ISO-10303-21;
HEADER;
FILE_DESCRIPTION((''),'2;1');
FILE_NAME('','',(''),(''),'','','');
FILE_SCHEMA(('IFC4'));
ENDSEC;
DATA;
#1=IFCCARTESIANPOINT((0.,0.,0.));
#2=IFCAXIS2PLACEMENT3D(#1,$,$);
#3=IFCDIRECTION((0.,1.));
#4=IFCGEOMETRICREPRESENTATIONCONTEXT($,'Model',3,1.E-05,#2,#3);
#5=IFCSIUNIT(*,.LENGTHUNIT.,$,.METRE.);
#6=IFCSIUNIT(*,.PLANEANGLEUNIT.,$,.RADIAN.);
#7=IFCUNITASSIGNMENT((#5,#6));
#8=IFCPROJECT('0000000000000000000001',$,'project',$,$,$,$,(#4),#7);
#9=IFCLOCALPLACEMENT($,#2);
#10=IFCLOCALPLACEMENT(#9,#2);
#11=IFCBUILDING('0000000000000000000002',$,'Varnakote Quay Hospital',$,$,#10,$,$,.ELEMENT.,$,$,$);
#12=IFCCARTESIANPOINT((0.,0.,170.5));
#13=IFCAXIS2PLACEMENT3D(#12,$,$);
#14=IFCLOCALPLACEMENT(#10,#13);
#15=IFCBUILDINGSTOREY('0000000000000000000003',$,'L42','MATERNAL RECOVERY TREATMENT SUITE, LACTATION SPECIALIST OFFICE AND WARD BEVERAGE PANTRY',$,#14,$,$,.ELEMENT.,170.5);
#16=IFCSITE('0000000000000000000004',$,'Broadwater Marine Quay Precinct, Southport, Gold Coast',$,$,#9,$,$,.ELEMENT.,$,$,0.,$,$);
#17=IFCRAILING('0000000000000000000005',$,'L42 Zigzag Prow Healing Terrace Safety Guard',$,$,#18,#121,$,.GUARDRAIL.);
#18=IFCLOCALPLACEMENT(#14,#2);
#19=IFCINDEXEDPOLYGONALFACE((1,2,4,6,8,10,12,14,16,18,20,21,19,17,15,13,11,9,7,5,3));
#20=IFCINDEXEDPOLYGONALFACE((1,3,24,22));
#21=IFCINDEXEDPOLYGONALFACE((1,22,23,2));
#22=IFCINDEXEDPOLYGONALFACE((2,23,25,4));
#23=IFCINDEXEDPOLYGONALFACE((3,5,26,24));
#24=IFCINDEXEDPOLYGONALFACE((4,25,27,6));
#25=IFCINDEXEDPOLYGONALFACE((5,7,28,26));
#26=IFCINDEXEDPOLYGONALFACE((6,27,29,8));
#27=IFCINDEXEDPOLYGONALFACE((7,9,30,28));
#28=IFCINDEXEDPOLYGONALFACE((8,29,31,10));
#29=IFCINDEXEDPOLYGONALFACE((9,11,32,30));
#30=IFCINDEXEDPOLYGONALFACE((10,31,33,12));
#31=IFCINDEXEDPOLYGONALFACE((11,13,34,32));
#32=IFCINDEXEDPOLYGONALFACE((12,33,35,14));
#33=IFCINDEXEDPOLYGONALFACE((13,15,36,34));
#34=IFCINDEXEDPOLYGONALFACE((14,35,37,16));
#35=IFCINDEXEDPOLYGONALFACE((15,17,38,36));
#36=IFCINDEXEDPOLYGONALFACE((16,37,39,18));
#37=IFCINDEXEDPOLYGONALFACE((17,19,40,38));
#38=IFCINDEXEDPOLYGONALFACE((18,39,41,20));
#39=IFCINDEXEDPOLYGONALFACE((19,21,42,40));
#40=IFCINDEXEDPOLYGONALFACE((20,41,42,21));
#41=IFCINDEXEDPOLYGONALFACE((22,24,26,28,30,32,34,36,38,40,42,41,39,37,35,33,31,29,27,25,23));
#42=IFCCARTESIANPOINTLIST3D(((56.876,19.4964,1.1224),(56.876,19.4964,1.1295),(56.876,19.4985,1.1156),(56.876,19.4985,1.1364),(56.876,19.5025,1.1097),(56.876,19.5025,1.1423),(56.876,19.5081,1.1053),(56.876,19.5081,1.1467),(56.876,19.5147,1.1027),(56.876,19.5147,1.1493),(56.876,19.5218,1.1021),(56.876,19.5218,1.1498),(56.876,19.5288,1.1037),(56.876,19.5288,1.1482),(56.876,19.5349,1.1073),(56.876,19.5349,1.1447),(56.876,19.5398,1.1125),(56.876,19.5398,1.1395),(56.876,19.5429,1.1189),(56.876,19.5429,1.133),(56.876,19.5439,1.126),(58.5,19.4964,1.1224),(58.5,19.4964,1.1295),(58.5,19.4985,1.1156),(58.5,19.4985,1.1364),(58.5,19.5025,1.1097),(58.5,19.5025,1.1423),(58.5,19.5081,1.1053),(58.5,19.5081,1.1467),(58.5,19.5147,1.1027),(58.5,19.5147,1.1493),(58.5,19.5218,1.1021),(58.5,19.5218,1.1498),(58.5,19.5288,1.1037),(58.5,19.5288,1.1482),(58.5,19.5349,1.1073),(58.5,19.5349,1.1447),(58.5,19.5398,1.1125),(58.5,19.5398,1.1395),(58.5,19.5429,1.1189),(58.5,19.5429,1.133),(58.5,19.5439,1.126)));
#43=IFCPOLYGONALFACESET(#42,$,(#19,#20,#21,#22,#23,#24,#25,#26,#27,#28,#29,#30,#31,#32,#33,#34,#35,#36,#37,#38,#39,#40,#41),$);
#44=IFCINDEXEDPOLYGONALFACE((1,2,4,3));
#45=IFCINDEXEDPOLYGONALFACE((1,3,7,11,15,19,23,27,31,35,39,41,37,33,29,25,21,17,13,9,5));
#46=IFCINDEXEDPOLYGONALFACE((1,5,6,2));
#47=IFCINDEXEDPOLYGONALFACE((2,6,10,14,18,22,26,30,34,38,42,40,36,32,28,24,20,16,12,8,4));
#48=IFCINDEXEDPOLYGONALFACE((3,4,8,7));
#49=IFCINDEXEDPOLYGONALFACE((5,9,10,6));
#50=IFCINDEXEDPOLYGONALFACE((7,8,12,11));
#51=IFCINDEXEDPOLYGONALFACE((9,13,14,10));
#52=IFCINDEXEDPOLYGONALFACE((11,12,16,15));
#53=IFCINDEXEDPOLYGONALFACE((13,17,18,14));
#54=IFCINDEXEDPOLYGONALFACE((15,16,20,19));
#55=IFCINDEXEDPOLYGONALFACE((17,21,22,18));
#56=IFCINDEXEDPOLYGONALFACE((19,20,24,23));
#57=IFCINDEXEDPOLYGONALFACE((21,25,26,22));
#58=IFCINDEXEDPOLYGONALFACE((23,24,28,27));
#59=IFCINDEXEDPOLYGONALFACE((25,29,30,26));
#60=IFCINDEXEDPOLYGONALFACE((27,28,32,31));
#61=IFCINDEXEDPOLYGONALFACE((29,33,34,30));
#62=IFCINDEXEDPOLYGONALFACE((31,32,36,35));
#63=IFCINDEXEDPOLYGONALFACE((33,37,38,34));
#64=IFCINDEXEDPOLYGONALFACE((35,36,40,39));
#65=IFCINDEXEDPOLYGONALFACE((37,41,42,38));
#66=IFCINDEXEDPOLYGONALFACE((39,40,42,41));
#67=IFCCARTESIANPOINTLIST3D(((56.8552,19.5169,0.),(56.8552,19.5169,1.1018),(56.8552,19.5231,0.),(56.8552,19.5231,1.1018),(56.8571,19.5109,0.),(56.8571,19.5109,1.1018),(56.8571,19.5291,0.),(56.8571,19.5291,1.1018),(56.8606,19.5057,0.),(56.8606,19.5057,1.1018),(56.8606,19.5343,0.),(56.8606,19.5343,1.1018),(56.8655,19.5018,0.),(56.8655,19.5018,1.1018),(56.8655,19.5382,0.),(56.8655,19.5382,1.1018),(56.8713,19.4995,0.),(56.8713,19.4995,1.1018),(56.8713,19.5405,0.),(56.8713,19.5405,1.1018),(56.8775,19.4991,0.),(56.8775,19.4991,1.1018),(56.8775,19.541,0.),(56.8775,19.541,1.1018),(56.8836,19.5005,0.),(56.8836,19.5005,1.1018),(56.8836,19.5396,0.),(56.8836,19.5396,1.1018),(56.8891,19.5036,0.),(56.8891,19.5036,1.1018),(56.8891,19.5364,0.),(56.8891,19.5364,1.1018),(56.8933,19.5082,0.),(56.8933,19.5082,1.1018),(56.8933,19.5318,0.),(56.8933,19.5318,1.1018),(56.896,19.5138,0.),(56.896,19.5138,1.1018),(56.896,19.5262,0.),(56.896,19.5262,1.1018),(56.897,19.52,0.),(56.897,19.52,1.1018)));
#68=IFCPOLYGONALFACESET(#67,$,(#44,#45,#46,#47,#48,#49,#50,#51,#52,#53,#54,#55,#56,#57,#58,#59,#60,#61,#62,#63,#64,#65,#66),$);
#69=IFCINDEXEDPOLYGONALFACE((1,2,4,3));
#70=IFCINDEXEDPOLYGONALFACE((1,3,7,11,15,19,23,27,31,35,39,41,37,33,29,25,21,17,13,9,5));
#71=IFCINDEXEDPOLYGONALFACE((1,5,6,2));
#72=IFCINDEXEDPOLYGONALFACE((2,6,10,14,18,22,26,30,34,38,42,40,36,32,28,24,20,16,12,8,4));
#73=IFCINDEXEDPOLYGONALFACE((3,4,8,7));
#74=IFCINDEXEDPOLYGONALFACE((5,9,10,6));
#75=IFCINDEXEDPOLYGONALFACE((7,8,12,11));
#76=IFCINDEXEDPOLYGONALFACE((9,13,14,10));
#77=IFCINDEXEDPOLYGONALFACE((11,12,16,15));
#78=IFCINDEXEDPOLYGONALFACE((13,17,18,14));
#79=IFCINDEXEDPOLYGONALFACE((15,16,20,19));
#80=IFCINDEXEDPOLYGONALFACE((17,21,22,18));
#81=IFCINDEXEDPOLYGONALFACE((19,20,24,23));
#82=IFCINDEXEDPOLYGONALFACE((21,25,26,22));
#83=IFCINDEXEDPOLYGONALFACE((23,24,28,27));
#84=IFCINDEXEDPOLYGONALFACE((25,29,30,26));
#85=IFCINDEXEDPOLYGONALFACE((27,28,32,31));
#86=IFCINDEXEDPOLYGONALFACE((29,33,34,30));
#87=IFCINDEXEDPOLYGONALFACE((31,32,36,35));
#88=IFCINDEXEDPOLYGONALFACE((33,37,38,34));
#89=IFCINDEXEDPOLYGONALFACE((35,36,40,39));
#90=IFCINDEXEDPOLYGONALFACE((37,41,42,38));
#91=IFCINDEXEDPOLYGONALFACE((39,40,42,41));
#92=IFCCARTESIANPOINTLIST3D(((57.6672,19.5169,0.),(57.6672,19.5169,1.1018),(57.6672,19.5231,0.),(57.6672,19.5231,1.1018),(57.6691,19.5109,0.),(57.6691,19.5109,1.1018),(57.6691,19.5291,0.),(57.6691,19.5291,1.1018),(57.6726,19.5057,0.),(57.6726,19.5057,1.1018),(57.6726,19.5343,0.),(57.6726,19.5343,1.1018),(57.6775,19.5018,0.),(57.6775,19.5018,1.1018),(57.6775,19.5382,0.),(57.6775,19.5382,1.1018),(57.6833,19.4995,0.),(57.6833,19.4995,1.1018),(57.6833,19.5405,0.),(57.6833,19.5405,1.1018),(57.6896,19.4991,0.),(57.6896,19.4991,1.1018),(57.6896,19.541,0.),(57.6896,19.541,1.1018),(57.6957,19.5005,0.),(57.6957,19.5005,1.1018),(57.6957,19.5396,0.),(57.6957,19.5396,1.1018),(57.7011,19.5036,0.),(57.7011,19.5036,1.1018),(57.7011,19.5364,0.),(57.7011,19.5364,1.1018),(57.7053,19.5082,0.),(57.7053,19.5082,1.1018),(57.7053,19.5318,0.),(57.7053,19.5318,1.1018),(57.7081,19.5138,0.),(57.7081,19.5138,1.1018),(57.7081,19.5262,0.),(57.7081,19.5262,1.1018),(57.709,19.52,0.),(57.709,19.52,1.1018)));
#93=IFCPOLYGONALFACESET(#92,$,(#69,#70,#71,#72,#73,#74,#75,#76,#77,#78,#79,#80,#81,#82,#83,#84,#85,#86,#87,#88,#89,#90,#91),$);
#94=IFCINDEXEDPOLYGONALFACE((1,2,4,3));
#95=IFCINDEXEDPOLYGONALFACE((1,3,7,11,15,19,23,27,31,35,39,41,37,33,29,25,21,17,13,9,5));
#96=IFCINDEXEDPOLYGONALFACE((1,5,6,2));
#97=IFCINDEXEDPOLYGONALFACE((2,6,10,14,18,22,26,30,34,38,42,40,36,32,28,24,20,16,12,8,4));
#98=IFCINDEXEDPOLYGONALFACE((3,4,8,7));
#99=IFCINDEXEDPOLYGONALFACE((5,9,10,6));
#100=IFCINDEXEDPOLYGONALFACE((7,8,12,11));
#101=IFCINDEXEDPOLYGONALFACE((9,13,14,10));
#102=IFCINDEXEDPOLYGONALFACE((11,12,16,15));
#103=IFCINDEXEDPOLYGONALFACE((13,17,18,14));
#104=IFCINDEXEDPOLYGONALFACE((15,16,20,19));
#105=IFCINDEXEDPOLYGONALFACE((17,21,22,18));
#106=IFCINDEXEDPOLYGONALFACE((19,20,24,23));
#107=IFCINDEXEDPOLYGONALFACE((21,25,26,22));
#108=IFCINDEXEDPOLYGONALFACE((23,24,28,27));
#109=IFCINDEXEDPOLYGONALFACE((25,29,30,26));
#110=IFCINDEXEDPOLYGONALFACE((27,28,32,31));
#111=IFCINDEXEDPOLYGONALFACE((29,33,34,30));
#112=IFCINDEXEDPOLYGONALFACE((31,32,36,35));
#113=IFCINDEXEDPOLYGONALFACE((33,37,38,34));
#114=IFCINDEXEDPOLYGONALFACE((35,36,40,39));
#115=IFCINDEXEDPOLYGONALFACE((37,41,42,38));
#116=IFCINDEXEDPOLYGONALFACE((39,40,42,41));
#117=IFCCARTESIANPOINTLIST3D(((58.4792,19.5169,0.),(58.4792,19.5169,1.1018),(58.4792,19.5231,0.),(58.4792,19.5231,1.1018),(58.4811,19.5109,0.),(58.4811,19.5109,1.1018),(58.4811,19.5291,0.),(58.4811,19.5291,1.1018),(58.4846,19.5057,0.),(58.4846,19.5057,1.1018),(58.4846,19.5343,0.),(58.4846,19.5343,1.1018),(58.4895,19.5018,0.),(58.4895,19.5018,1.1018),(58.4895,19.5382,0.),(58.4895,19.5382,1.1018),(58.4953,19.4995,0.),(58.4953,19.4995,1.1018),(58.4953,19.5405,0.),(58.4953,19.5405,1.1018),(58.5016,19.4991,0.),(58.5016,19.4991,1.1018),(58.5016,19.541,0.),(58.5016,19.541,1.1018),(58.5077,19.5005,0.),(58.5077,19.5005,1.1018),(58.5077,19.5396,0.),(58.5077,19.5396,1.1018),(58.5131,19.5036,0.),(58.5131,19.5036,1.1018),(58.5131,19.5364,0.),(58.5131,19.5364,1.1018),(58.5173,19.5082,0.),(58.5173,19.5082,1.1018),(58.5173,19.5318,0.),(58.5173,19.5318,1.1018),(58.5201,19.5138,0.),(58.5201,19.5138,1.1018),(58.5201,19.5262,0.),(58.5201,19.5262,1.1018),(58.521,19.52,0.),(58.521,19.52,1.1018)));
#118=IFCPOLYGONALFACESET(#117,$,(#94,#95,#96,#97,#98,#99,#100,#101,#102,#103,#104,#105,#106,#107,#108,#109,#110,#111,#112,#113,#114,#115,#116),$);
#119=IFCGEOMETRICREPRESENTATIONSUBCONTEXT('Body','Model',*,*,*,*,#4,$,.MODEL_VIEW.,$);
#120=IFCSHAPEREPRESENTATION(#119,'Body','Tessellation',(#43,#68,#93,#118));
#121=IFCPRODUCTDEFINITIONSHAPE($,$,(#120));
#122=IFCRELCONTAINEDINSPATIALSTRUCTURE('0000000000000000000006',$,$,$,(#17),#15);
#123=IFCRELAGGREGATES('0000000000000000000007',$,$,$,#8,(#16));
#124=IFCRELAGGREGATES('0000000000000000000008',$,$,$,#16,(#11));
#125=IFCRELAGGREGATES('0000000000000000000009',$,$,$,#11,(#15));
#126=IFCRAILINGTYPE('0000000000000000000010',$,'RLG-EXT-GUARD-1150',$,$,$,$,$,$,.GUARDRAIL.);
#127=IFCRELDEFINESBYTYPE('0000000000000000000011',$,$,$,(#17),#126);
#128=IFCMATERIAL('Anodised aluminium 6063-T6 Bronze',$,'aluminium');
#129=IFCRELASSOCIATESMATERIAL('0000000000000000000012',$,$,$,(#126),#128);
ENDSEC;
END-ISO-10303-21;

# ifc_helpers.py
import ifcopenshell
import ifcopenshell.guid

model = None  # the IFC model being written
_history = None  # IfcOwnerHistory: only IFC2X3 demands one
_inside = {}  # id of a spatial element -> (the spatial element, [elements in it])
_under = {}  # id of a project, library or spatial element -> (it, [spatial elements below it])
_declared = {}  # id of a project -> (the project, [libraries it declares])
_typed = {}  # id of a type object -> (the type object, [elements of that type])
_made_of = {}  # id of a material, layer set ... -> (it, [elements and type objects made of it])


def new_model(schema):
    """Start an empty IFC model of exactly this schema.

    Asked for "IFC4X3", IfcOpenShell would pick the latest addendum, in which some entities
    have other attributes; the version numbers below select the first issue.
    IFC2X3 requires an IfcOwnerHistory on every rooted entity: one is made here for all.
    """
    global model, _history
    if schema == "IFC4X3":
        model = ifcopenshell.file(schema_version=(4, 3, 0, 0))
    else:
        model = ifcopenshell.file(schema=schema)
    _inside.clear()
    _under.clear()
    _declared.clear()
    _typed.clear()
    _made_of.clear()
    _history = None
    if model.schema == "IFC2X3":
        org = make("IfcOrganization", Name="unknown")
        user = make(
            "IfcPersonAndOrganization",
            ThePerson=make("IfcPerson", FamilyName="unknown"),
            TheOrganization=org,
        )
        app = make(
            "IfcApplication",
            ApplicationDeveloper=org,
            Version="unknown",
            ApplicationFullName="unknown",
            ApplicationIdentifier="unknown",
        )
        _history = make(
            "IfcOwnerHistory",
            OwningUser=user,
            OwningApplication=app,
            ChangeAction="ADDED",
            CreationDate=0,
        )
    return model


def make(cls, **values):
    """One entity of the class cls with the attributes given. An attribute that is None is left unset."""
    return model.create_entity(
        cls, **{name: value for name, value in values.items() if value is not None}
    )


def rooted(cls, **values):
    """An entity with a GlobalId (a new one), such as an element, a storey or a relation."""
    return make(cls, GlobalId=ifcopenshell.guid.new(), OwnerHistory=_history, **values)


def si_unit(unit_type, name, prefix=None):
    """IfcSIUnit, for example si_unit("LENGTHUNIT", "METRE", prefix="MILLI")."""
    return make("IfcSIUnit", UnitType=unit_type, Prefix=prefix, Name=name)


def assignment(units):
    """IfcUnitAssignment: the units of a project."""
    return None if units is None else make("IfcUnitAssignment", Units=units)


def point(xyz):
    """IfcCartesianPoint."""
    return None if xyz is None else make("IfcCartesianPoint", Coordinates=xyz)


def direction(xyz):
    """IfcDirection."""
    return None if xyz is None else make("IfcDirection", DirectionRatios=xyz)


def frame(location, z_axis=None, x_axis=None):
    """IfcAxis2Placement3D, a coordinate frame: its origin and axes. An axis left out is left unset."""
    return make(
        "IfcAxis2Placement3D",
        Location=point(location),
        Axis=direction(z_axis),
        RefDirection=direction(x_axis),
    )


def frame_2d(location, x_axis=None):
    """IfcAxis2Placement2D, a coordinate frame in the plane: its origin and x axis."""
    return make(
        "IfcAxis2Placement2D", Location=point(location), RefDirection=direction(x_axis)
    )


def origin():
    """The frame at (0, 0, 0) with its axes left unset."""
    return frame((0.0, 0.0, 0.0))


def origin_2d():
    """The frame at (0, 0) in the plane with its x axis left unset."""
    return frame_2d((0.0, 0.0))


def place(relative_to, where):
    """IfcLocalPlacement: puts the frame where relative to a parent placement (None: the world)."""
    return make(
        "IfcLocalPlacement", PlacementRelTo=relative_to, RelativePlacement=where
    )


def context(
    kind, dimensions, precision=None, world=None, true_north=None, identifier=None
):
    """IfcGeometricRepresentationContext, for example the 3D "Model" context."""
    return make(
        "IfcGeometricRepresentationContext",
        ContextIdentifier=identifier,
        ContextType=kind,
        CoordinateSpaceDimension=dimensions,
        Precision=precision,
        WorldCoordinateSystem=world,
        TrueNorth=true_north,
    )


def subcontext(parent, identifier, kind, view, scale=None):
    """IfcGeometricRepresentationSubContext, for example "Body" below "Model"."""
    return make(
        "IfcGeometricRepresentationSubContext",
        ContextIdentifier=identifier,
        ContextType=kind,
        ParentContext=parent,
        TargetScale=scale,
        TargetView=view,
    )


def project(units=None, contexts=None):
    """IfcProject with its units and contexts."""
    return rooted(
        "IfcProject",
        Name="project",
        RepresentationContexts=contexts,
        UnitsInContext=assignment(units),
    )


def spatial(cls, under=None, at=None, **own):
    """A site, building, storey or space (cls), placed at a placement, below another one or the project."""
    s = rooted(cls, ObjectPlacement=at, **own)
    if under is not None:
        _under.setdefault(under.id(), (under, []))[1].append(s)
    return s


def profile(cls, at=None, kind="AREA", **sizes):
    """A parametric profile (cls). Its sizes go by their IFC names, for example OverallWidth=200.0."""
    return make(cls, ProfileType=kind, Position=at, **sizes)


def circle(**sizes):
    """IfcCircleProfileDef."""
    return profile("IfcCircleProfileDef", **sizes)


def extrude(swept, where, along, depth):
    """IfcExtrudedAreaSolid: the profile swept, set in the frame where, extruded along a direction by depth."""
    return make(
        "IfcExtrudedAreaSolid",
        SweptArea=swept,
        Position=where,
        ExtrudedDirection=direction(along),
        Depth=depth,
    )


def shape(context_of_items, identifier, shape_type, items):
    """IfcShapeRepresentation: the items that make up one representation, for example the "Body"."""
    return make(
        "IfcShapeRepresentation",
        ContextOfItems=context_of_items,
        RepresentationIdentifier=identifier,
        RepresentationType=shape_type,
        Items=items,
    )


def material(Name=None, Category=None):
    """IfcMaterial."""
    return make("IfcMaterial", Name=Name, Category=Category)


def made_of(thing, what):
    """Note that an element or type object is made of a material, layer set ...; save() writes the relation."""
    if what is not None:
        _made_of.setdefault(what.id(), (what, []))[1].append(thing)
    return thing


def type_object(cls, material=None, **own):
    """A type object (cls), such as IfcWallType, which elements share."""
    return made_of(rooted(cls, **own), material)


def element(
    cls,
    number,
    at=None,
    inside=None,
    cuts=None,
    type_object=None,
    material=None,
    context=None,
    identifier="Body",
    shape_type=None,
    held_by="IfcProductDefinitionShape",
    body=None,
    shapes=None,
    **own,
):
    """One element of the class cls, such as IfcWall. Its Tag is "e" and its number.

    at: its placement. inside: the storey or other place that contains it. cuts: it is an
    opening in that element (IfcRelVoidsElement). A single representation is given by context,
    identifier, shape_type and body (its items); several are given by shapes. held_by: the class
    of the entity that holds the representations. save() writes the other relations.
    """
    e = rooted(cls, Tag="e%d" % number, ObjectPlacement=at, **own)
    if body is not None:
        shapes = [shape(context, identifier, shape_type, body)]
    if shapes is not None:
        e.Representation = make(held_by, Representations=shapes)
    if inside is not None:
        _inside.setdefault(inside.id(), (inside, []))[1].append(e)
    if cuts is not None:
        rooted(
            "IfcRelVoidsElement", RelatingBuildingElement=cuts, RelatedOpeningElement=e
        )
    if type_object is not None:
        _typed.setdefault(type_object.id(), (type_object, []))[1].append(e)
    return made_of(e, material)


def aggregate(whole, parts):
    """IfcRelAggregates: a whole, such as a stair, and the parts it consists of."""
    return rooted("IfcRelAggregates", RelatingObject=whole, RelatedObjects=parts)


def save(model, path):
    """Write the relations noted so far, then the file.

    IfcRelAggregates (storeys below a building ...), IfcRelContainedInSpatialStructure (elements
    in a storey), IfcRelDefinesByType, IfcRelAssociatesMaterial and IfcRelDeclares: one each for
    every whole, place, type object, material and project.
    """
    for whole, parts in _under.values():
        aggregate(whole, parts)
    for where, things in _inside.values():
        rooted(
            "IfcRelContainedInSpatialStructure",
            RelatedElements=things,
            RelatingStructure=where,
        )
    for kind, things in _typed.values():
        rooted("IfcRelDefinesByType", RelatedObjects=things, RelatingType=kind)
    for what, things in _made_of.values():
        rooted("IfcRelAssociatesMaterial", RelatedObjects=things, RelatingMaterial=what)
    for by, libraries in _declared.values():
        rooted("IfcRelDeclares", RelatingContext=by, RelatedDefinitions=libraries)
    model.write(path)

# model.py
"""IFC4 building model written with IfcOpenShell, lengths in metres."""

from ifc_helpers import new_model, si_unit, direction, frame, origin, origin_2d, place, context, subcontext, project, spatial, circle, extrude, material, type_object, element, save


model = new_model("IFC4")

# Units and contexts
model_context = context("Model", 3, precision=1e-05, world=origin(), true_north=direction((0.0, 1.0)))
body_context = subcontext(model_context, "Body", "Model", "MODEL_VIEW")
ifc_project = project(units=[si_unit("LENGTHUNIT", "METRE"), si_unit("PLANEANGLEUNIT", "RADIAN")], contexts=[model_context])

# Site, building, storey
site_placement = place(None, origin())
site = spatial("IfcSite", under=ifc_project, at=site_placement, Name="Broadwater Marine Quay Precinct, Southport, Gold Coast", CompositionType="ELEMENT", RefElevation=0.0)
building_placement = place(site_placement, origin())
building = spatial("IfcBuilding", under=site, at=building_placement, Name="Varnakote Quay Hospital", CompositionType="ELEMENT")
storey_placement = place(building_placement, frame((0.0, 0.0, 170.5)))
storey = spatial("IfcBuildingStorey", under=building, at=storey_placement, Name="L42", Description="MATERNAL RECOVERY TREATMENT SUITE, LACTATION SPECIALIST OFFICE AND WARD BEVERAGE PANTRY", CompositionType="ELEMENT", Elevation=170.5)

# Railing
ifc_material_1 = material(Name="Anodised aluminium 6063-T6 Bronze", Category="aluminium")
railing_type = type_object("IfcRailingType", Name="RLG-EXT-GUARD-1150", PredefinedType="GUARDRAIL", material=ifc_material_1)
railing_1_placement = place(storey_placement, frame((56.876, 19.52, 0.0)))
element("IfcRailing", 1, at=railing_1_placement, inside=storey, type_object=railing_type, Name="L42 Zigzag Prow Healing Terrace Safety Guard", PredefinedType="GUARDRAIL", context=body_context, shape_type="SweptSolid", body=[
    extrude(circle(Radius=0.0239, at=origin_2d()), frame((0.0, 0.0, 1.126), z_axis=(1.0, 0.0, 0.0), x_axis=(0.0, 1.0, 0.0)), (0.0, 0.0, 1.0), 1.624),
    extrude(circle(Radius=0.021, at=origin_2d()), origin(), (0.0, 0.0, 1.0), 1.1018),
    extrude(circle(Radius=0.021, at=origin_2d()), frame((0.812, 0.0, 0.0)), (0.0, 0.0, 1.0), 1.1018),
    extrude(circle(Radius=0.021, at=origin_2d()), frame((1.624, 0.0, 0.0)), (0.0, 0.0, 1.0), 1.1018),
])

save(model, "model.ifc")
